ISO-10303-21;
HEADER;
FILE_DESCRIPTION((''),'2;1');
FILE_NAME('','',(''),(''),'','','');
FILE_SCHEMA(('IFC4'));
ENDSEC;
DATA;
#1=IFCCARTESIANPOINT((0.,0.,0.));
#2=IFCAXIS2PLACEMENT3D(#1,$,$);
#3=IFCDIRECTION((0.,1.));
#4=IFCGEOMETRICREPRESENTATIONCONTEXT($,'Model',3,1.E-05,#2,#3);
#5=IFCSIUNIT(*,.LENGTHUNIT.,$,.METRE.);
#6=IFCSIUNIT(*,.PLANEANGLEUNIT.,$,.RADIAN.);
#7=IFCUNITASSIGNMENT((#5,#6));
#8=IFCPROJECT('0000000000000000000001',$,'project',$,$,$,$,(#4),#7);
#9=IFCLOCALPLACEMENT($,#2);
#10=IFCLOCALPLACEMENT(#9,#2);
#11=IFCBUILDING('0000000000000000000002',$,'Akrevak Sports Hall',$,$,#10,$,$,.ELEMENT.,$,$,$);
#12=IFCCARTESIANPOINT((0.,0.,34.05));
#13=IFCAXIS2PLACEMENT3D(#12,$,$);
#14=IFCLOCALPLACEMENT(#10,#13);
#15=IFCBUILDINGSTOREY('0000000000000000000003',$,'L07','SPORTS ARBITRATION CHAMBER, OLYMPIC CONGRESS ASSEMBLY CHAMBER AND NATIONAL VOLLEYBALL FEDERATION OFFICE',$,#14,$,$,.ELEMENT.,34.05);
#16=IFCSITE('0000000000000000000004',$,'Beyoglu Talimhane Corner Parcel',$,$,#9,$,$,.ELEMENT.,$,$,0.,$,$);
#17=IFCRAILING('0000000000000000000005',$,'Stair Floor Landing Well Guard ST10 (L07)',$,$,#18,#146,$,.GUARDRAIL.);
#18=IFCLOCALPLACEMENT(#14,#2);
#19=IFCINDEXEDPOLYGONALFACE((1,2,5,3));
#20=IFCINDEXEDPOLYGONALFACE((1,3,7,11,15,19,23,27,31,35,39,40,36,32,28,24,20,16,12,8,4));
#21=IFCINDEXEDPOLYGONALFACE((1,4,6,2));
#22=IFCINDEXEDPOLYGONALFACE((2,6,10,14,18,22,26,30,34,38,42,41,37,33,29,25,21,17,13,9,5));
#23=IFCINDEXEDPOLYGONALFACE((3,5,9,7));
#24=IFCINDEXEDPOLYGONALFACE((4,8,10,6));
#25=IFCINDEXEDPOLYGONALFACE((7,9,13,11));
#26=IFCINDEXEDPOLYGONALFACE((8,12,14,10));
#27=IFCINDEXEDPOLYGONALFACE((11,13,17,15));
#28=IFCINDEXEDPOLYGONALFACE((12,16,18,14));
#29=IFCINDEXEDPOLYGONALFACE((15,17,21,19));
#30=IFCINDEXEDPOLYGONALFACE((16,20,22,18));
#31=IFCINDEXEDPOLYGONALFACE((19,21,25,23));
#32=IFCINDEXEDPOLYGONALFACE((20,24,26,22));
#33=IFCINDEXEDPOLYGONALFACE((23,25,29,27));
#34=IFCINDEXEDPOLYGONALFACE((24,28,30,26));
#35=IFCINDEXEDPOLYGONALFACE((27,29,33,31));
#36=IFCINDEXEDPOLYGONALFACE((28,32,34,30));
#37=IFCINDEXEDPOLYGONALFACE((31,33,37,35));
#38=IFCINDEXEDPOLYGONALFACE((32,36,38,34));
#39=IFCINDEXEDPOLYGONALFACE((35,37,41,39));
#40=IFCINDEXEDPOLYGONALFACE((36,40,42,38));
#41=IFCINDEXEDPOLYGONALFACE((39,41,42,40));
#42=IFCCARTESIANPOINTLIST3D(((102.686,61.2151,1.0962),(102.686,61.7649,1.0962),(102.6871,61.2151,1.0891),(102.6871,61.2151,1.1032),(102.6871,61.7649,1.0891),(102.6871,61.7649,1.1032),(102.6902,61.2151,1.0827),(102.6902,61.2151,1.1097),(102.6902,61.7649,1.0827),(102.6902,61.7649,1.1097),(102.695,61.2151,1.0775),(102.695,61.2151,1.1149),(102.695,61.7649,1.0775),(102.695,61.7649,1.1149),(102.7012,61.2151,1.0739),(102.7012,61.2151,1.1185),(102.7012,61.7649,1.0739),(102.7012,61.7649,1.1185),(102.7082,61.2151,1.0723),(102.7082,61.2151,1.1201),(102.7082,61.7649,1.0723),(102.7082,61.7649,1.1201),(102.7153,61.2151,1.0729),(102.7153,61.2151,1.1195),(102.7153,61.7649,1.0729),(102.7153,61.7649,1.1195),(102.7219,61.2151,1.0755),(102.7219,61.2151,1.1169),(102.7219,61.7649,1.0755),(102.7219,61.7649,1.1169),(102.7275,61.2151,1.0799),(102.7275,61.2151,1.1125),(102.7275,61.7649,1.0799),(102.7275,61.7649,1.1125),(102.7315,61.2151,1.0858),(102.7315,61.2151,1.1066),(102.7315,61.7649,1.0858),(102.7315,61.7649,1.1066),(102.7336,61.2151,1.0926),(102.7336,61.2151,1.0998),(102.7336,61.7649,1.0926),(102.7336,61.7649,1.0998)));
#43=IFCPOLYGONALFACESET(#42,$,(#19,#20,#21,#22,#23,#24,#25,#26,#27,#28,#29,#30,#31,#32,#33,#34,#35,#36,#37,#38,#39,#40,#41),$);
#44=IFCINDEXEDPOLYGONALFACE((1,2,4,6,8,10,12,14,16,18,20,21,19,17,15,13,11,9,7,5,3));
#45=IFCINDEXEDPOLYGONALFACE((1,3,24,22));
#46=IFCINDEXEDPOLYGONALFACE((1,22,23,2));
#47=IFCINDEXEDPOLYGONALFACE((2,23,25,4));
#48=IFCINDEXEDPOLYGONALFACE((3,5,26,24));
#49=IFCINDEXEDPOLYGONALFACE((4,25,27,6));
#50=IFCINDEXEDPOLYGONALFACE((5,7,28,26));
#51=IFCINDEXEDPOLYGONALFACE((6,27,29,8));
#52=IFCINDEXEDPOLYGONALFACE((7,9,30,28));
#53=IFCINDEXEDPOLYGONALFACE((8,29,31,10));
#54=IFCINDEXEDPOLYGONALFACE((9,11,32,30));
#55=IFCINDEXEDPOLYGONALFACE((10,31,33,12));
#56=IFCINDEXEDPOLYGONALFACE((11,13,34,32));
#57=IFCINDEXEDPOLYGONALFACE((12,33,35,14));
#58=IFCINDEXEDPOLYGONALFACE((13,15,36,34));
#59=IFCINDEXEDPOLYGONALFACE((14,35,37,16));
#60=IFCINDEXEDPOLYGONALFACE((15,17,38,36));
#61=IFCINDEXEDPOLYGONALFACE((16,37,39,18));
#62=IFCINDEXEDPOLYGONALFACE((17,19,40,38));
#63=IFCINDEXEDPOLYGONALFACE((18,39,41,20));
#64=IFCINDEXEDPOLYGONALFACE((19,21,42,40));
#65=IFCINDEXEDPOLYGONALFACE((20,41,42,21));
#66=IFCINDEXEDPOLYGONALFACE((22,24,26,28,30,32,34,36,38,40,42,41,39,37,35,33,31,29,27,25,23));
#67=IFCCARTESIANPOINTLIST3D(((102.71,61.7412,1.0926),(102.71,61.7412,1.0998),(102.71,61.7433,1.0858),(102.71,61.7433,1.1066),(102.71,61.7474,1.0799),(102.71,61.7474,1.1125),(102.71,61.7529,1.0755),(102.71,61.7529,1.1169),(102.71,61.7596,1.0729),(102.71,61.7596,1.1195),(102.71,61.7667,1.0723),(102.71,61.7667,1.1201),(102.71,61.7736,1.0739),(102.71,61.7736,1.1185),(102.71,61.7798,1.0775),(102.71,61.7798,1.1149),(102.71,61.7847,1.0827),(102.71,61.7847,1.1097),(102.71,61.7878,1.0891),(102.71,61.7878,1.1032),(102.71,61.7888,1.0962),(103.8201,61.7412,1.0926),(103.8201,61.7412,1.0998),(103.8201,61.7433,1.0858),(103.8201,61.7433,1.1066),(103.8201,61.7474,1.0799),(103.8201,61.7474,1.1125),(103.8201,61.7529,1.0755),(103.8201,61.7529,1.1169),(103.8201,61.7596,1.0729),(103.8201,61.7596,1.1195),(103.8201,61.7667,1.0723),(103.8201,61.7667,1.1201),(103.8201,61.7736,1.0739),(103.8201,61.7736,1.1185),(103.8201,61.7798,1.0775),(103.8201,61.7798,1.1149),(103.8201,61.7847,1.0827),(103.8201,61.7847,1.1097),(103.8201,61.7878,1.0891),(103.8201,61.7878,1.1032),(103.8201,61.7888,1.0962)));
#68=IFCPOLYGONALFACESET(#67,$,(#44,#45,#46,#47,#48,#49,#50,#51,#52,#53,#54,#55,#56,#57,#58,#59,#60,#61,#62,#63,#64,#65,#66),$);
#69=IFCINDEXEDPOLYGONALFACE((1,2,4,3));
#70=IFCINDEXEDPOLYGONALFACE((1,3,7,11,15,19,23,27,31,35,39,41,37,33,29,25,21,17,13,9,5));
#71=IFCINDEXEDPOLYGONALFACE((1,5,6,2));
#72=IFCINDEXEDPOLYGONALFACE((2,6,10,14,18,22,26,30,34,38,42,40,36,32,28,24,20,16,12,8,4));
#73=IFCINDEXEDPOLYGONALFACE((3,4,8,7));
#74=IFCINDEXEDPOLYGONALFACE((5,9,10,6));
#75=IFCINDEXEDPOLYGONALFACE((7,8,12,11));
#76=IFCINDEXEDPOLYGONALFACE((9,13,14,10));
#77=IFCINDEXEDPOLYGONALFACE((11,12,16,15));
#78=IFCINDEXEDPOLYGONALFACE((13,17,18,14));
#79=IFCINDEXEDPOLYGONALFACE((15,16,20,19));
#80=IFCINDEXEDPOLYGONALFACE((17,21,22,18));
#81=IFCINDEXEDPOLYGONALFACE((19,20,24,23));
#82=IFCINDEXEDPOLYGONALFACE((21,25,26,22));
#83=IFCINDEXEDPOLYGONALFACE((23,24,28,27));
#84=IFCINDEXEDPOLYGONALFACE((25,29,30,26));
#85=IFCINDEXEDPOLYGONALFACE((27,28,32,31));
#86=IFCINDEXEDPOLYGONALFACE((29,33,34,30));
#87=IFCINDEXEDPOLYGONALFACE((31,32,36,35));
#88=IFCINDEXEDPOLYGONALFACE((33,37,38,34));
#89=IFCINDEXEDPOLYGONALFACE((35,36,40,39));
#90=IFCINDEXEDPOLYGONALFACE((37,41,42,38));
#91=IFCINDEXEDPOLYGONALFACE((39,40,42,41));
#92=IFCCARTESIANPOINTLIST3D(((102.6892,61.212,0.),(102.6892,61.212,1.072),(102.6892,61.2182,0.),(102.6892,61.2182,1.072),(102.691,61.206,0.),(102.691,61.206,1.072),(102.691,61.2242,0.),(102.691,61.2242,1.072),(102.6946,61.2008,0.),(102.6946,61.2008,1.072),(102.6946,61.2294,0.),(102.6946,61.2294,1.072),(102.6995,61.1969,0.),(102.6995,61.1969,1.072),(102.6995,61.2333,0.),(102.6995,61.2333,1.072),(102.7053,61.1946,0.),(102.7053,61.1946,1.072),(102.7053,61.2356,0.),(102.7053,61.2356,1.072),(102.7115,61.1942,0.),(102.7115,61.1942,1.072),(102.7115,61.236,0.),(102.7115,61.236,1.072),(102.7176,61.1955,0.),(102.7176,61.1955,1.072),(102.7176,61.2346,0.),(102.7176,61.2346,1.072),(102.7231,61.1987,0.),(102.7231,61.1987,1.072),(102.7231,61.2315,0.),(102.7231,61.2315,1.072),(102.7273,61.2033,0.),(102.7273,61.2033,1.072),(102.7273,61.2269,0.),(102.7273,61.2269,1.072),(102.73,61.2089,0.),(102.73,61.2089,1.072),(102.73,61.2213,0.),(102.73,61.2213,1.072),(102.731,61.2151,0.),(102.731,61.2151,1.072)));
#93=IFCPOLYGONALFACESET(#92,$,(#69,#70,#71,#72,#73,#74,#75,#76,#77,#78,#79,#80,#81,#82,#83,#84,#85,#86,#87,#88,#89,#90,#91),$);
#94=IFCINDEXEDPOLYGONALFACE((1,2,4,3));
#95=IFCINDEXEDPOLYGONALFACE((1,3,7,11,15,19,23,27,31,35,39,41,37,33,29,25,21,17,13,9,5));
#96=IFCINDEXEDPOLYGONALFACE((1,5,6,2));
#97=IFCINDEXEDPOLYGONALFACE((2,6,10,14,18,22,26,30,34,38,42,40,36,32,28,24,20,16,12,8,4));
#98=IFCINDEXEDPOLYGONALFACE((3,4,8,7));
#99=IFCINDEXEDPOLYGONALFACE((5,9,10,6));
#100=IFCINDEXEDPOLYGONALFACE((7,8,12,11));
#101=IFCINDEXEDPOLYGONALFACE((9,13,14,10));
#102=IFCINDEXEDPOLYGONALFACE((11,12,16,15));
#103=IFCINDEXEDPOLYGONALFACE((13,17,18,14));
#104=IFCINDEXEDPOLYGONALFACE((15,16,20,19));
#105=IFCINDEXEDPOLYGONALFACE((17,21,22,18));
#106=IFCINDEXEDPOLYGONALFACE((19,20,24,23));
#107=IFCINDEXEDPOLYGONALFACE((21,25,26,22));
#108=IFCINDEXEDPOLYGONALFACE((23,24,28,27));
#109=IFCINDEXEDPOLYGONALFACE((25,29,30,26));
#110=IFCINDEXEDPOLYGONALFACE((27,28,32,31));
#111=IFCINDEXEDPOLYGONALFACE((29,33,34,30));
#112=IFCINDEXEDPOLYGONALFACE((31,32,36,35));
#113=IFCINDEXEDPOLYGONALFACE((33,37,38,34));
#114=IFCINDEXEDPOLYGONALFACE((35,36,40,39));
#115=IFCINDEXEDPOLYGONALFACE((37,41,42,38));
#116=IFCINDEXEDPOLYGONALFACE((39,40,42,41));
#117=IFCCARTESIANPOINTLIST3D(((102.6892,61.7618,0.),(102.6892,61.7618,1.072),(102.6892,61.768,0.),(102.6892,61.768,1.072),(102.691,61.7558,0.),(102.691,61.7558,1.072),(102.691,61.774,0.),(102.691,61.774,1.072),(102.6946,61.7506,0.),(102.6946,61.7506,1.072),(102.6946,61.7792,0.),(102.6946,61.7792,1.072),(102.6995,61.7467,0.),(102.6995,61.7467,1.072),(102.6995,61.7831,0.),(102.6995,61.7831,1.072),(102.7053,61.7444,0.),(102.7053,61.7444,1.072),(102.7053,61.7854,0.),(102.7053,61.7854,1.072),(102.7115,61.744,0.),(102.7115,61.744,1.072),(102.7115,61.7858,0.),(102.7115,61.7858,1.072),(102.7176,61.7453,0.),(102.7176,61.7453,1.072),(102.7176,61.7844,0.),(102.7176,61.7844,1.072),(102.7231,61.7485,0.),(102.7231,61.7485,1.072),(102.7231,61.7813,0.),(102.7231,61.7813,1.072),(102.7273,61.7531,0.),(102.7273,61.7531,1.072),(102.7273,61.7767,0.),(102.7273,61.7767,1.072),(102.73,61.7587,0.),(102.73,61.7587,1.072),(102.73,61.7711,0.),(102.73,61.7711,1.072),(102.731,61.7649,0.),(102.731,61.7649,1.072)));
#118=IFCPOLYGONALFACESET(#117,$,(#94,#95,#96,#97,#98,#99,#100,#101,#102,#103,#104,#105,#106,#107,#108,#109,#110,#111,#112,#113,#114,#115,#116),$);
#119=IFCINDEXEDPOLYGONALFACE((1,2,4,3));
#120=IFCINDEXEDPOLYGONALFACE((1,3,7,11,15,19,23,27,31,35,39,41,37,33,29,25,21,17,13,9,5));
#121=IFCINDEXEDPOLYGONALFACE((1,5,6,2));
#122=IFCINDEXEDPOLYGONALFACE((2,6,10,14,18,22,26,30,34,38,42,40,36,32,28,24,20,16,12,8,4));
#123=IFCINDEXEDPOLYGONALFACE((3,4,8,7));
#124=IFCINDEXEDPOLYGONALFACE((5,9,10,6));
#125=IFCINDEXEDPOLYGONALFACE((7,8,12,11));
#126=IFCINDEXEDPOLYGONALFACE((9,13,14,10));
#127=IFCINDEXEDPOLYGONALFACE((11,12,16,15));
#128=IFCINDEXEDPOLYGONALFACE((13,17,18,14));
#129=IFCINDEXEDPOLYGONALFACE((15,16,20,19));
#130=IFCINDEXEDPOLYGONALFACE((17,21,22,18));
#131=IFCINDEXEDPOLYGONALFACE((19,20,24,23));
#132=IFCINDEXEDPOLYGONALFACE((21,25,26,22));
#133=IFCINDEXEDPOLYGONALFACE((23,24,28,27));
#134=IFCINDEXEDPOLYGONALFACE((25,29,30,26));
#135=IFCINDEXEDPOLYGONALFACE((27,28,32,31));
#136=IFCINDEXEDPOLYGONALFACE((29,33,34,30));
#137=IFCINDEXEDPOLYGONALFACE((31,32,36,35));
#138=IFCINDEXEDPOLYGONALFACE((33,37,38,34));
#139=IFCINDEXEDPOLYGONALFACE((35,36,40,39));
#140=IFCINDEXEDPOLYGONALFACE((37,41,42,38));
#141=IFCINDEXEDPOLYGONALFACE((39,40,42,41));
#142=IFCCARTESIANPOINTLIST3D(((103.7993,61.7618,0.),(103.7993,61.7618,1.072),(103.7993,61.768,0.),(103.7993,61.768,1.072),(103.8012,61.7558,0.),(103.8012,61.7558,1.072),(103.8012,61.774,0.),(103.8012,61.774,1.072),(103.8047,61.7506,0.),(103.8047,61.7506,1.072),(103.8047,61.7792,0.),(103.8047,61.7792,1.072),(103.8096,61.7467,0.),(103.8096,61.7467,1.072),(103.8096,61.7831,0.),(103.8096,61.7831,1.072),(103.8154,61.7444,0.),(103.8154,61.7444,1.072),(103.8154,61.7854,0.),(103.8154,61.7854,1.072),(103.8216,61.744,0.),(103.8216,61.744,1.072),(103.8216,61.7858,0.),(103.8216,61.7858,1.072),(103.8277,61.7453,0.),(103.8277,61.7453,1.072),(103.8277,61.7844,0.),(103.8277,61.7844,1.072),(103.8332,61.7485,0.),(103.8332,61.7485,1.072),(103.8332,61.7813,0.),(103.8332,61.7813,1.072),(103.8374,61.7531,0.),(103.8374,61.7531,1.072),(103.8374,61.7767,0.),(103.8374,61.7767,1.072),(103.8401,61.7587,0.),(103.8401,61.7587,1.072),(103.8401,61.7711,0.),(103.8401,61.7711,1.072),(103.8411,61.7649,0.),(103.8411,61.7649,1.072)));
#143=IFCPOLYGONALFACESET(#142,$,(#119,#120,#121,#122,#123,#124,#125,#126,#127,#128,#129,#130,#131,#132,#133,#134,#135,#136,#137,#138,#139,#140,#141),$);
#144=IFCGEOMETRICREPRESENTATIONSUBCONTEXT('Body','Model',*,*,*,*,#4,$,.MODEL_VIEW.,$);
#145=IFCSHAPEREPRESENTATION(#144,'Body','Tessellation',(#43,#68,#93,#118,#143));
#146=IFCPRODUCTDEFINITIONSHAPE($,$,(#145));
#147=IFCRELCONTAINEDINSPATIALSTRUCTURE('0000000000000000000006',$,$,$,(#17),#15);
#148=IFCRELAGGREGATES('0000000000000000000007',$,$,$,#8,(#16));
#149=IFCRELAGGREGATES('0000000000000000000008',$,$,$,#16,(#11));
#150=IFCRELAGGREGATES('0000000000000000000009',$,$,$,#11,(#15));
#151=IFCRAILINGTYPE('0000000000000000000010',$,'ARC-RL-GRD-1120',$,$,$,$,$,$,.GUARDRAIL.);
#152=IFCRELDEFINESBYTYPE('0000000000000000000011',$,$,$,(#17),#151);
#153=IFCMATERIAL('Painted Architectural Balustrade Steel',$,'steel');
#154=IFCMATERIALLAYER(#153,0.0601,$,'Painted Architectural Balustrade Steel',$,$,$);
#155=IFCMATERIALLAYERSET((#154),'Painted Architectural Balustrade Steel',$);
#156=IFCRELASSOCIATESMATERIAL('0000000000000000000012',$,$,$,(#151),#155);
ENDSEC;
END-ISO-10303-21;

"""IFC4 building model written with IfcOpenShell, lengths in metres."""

from ifc_helpers import new_model, si_unit, direction, frame, origin, origin_2d, place, context, subcontext, project, spatial, circle, extrude, material, layer, layer_set, type_object, element, save


model = new_model("IFC4")

# Units and contexts
model_context = context("Model", 3, precision=1e-05, world=origin(), true_north=direction((0.0, 1.0)))
body_context = subcontext(model_context, "Body", "Model", "MODEL_VIEW")
ifc_project = project(units=[si_unit("LENGTHUNIT", "METRE"), si_unit("PLANEANGLEUNIT", "RADIAN")], contexts=[model_context])

# Site, building, storey
site_placement = place(None, origin())
site = spatial("IfcSite", under=ifc_project, at=site_placement, Name="Beyoglu Talimhane Corner Parcel", CompositionType="ELEMENT", RefElevation=0.0)
building_placement = place(site_placement, origin())
building = spatial("IfcBuilding", under=site, at=building_placement, Name="Akrevak Sports Hall", CompositionType="ELEMENT")
storey_placement = place(building_placement, frame((0.0, 0.0, 34.05)))
storey = spatial("IfcBuildingStorey", under=building, at=storey_placement, Name="L07", Description="SPORTS ARBITRATION CHAMBER, OLYMPIC CONGRESS ASSEMBLY CHAMBER AND NATIONAL VOLLEYBALL FEDERATION OFFICE", CompositionType="ELEMENT", Elevation=34.05)

# Railing
ifc_material_1 = material(Name="Painted Architectural Balustrade Steel", Category="steel")
ifc_layer_1 = layer(ifc_material_1, 0.0601, Name="Painted Architectural Balustrade Steel")
ifc_layer_set_1 = layer_set([ifc_layer_1], Name="Painted Architectural Balustrade Steel")
railing_type_1 = type_object("IfcRailingType", Name="ARC-RL-GRD-1120", PredefinedType="GUARDRAIL", material=ifc_layer_set_1)
for number, where, name in (
    (1, (102.71, 61.2151, 0.0), "Stair Floor Landing Well Guard ST10 (L07)"),
):
    element("IfcRailing", number, at=place(storey_placement, frame(where)), inside=storey, type_object=railing_type_1, Name=name, PredefinedType="GUARDRAIL", context=body_context, shape_type="SweptSolid", body=[
        extrude(circle(Radius=0.0239, at=origin_2d()), frame((0.0, 0.0, 1.0962), z_axis=(0.0, 1.0, 0.0), x_axis=(-1.0, 0.0, 0.0)), (0.0, 0.0, 1.0), 0.5498),
        extrude(circle(Radius=0.0239, at=origin_2d()), frame((0.0, 0.5498, 1.0962), z_axis=(1.0, 0.0, 0.0), x_axis=(0.0, 1.0, 0.0)), (0.0, 0.0, 1.0), 1.1101),
        extrude(circle(Radius=0.021, at=origin_2d()), origin(), (0.0, 0.0, 1.0), 1.072),
        extrude(circle(Radius=0.021, at=origin_2d()), frame((0.0, 0.5498, 0.0)), (0.0, 0.0, 1.0), 1.072),
        extrude(circle(Radius=0.021, at=origin_2d()), frame((1.1101, 0.5498, 0.0)), (0.0, 0.0, 1.0), 1.072),
    ])

save(model, "model.ifc")
